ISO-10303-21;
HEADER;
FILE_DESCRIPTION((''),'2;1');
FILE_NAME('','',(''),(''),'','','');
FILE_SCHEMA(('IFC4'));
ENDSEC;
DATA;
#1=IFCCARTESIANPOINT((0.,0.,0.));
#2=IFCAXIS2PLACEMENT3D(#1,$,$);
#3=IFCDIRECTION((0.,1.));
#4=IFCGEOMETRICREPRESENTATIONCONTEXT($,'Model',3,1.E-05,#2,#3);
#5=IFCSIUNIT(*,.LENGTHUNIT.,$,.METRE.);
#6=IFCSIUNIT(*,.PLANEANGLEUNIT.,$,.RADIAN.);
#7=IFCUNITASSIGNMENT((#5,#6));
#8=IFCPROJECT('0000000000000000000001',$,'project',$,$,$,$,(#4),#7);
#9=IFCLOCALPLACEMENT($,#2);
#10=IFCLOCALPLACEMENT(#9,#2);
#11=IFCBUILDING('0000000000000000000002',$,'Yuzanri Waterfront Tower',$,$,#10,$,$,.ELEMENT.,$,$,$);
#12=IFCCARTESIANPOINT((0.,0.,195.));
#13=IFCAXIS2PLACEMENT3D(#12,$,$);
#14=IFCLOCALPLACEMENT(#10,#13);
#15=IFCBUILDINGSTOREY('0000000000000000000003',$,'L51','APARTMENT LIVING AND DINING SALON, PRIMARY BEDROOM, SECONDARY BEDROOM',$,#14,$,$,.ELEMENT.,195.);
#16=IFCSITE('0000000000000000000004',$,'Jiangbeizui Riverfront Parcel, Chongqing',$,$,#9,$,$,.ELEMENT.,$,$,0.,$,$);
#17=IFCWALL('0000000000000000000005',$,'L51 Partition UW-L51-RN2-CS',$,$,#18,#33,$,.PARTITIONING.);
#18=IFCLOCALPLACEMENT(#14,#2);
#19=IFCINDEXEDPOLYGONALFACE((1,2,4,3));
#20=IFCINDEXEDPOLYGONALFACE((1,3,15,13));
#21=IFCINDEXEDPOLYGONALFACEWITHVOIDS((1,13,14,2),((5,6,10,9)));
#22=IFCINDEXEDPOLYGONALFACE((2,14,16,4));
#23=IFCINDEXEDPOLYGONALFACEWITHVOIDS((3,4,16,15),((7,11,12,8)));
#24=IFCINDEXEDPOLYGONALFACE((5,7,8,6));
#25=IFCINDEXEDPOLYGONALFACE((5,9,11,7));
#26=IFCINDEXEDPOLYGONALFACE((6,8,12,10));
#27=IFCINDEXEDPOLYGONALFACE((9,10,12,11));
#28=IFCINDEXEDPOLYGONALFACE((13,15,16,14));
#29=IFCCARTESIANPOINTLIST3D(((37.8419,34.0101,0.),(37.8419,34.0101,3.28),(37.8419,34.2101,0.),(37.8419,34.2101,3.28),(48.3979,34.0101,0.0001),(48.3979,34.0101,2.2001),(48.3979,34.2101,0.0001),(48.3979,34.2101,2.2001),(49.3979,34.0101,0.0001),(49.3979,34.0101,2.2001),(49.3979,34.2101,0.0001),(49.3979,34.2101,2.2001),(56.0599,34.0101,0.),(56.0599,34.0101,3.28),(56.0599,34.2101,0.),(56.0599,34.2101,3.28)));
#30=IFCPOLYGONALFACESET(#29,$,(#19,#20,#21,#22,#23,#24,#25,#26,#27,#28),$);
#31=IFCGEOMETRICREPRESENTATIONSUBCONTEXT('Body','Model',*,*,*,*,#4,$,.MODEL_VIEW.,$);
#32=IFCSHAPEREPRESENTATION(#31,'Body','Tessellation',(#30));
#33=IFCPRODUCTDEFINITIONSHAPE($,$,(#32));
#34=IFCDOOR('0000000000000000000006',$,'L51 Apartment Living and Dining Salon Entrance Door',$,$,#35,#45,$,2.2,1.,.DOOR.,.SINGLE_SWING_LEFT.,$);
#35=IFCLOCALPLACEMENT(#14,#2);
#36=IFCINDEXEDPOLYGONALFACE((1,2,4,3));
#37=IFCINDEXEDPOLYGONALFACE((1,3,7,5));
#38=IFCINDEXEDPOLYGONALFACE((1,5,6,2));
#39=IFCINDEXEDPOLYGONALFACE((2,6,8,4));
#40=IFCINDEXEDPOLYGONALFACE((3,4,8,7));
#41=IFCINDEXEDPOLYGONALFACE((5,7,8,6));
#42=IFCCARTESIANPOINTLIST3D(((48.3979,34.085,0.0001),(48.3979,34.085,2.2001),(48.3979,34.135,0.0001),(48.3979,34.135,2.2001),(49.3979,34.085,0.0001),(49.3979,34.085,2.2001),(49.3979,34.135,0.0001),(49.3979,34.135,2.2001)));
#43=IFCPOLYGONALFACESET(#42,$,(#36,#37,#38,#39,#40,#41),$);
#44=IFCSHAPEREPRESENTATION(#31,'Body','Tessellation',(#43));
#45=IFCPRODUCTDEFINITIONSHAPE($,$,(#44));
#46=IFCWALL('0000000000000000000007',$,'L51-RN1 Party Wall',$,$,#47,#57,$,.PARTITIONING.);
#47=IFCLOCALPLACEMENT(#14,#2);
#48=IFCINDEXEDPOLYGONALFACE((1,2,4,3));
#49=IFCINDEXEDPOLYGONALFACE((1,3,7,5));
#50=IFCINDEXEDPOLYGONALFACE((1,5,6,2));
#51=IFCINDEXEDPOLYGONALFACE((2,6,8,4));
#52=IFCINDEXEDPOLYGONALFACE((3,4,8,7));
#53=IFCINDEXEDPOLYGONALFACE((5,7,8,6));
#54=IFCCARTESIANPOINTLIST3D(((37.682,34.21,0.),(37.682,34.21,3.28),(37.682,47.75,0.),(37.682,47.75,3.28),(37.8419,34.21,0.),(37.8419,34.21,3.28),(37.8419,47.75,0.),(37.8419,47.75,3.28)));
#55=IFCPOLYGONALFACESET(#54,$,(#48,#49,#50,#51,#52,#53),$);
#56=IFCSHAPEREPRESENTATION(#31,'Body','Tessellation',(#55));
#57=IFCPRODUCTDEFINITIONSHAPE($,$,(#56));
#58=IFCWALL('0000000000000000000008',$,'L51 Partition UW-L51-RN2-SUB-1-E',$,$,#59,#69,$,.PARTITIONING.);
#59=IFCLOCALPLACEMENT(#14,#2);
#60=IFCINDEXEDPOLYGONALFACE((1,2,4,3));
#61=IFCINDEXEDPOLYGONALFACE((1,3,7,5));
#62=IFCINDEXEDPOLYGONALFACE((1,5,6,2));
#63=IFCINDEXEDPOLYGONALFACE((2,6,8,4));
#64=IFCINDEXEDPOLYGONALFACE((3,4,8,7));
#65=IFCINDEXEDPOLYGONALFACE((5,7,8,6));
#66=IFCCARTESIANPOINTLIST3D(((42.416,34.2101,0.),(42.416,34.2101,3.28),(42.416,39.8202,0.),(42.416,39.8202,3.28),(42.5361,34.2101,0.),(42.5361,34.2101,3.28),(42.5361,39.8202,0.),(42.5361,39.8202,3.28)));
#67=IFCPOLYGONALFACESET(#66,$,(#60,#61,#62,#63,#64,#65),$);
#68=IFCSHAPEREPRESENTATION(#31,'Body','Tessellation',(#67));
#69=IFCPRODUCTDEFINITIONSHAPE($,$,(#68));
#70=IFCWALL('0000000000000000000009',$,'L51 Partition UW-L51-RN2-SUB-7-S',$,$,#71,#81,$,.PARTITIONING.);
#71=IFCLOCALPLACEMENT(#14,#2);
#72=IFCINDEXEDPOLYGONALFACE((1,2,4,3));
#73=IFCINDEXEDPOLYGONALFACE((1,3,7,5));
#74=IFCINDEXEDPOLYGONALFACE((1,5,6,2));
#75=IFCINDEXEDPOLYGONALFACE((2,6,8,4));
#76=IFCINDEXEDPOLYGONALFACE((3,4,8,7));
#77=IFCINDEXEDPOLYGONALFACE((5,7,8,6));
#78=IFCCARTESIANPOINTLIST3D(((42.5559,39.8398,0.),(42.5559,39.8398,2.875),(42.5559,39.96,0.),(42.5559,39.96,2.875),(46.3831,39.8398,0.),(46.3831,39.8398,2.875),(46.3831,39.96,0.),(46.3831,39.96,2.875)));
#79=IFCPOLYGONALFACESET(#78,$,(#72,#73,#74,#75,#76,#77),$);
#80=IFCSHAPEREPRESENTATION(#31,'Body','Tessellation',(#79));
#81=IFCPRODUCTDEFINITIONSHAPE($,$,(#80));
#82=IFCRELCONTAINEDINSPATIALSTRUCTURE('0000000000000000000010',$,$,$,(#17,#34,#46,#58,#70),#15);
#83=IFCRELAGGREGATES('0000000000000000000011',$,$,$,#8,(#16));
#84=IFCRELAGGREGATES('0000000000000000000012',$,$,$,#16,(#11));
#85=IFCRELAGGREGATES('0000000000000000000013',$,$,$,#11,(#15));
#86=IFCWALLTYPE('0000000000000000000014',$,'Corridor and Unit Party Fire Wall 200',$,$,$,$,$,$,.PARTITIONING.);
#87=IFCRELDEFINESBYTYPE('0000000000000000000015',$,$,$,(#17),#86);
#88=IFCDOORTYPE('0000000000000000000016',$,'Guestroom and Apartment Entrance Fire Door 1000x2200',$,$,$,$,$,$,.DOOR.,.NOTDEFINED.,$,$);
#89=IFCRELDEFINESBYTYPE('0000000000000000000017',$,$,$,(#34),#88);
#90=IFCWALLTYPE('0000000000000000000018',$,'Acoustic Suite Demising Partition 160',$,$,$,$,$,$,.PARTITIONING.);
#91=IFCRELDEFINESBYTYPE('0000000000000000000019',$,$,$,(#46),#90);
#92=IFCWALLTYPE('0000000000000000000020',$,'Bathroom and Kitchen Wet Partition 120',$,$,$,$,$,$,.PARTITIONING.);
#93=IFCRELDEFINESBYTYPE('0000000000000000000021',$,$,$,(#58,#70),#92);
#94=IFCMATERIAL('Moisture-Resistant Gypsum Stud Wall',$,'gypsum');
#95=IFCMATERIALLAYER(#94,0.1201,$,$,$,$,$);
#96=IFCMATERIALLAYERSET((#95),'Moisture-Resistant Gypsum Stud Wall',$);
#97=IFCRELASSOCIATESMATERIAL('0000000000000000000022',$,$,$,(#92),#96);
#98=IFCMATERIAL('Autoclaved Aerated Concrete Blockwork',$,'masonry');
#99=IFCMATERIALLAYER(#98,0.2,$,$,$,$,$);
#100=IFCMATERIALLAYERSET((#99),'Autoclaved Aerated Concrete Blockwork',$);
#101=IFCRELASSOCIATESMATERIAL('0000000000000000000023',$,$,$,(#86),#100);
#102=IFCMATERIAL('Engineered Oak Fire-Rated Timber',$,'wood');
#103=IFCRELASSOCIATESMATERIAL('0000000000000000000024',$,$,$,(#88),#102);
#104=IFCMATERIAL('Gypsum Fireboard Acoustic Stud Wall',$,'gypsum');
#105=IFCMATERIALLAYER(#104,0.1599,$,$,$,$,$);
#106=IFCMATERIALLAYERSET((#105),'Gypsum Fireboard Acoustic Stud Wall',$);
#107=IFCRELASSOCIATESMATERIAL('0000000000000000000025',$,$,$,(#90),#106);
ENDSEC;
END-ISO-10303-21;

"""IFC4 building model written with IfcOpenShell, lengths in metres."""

from ifc_helpers import new_model, si_unit, direction, frame, frame_2d, origin, place, context, subcontext, project, spatial, rectangle, extrude, source, transform, mapped, material, layer, layer_set, type_object, element, fill, save


model = new_model("IFC4")

# Units and contexts
model_context = context("Model", 3, precision=1e-05, world=origin(), true_north=direction((0.0, 1.0)))
body_context = subcontext(model_context, "Body", "Model", "MODEL_VIEW")
ifc_project = project(units=[si_unit("LENGTHUNIT", "METRE"), si_unit("PLANEANGLEUNIT", "RADIAN")], contexts=[model_context])

# Site, building, storey
site_placement = place(None, origin())
site = spatial("IfcSite", under=ifc_project, at=site_placement, Name="Jiangbeizui Riverfront Parcel, Chongqing", CompositionType="ELEMENT", RefElevation=0.0)
building_placement = place(site_placement, origin())
building = spatial("IfcBuilding", under=site, at=building_placement, Name="Yuzanri Waterfront Tower", CompositionType="ELEMENT")
storey_placement = place(building_placement, frame((0.0, 0.0, 195.0)))
storey = spatial("IfcBuildingStorey", under=building, at=storey_placement, Name="L51", Description="APARTMENT LIVING AND DINING SALON, PRIMARY BEDROOM, SECONDARY BEDROOM", CompositionType="ELEMENT", Elevation=195.0)

# Wall, opening, door
ifc_material_1 = material(Name="Moisture-Resistant Gypsum Stud Wall", Category="gypsum")
ifc_layer_1 = layer(ifc_material_1, 0.1201)
ifc_layer_set_1 = layer_set([ifc_layer_1], Name="Moisture-Resistant Gypsum Stud Wall")
wall_type_1 = type_object("IfcWallType", Name="Bathroom and Kitchen Wet Partition 120", PredefinedType="PARTITIONING", material=ifc_layer_set_1)
ifc_material_2 = material(Name="Autoclaved Aerated Concrete Blockwork", Category="masonry")
ifc_layer_2 = layer(ifc_material_2, 0.2)
ifc_layer_set_2 = layer_set([ifc_layer_2], Name="Autoclaved Aerated Concrete Blockwork")
wall_type_2 = type_object("IfcWallType", Name="Corridor and Unit Party Fire Wall 200", PredefinedType="PARTITIONING", material=ifc_layer_set_2)
wall_1_placement = place(storey_placement, frame((37.842, 34.1101, 0.0), z_axis=(0.0, 0.0, 1.0), x_axis=(1.0, 0.0, 0.0)))
wall_1 = element("IfcWall", 1, at=wall_1_placement, inside=storey, type_object=wall_type_2, Name="L51 Partition UW-L51-RN2-CS", PredefinedType="PARTITIONING", context=body_context, shape_type="SweptSolid", body=[
    extrude(rectangle(XDim=18.218, YDim=0.2, at=frame_2d((9.1089, 0.0))), origin(), (0.0, 0.0, 1.0), 3.28),
])
opening_1_placement = place(wall_1_placement, frame((10.5559, 0.0, 0.0)))
opening_1 = element("IfcOpeningElement", 2, at=opening_1_placement, cuts=wall_1, PredefinedType="OPENING", context=body_context, shape_type="SweptSolid", body=[
    extrude(rectangle(XDim=1.0, YDim=2.2, at=frame_2d((0.5, 1.1001))), frame((0.0, 0.1147, 0.0), z_axis=(0.0, -1.0, 0.0), x_axis=(1.0, 0.0, 0.0)), (0.0, 0.0, 1.0), 0.2297),
])
ifc_material_3 = material(Name="Engineered Oak Fire-Rated Timber", Category="wood")
door_type_1 = type_object("IfcDoorType", Name="Guestroom and Apartment Entrance Fire Door 1000x2200", OperationType="NOTDEFINED", PredefinedType="DOOR", material=ifc_material_3)
shared_shape_1 = source(origin(), body_context, "Body", "SweptSolid", [
    extrude(rectangle(XDim=1.0, YDim=2.2, at=frame_2d((0.5, 1.1001))), frame((0.0, 0.0249, 0.0), z_axis=(0.0, -1.0, 0.0), x_axis=(1.0, 0.0, 0.0)), (0.0, 0.0, 1.0), 0.05),
])
door_1_placement = place(opening_1_placement, origin())
door_1 = element("IfcDoor", 3, at=door_1_placement, inside=storey, type_object=door_type_1, Name="L51 Apartment Living and Dining Salon Entrance Door", OperationType="SINGLE_SWING_LEFT", OverallHeight=2.2, OverallWidth=1.0, PredefinedType="DOOR", context=body_context, shape_type="MappedRepresentation", body=[
    mapped(shared_shape_1, transform((0.0, 0.0, 0.0), scale=1.0)),
])
fill(opening_1, door_1)

# Walls
ifc_material_4 = material(Name="Gypsum Fireboard Acoustic Stud Wall", Category="gypsum")
ifc_layer_3 = layer(ifc_material_4, 0.1599)
ifc_layer_set_3 = layer_set([ifc_layer_3], Name="Gypsum Fireboard Acoustic Stud Wall")
wall_type_3 = type_object("IfcWallType", Name="Acoustic Suite Demising Partition 160", PredefinedType="PARTITIONING", material=ifc_layer_set_3)
shared_shape_2 = source(origin(), body_context, "Body", "SweptSolid", [
    extrude(rectangle(XDim=13.54, YDim=0.1599, at=frame_2d((6.77, 0.0))), origin(), (0.0, 0.0, 1.0), 3.28),
])
wall_2_placement = place(storey_placement, frame((37.762, 34.21, 0.0), z_axis=(0.0, 0.0, 1.0), x_axis=(0.0, 1.0, 0.0)))
element("IfcWall", 4, at=wall_2_placement, inside=storey, type_object=wall_type_3, Name="L51-RN1 Party Wall", PredefinedType="PARTITIONING", context=body_context, shape_type="MappedRepresentation", body=[
    mapped(shared_shape_2, transform((0.0, 0.0, 0.0), scale=1.0)),
])
shared_shape_3 = source(origin(), body_context, "Body", "SweptSolid", [
    extrude(rectangle(XDim=5.6101, YDim=0.1201, at=frame_2d((2.8052, 0.0))), origin(), (0.0, 0.0, 1.0), 3.28),
])
wall_3_placement = place(storey_placement, frame((42.4761, 34.21, 0.0), z_axis=(0.0, 0.0, 1.0), x_axis=(0.0, 1.0, 0.0)))
element("IfcWall", 5, at=wall_3_placement, inside=storey, type_object=wall_type_1, Name="L51 Partition UW-L51-RN2-SUB-1-E", PredefinedType="PARTITIONING", context=body_context, shape_type="MappedRepresentation", body=[
    mapped(shared_shape_3, transform((0.0, 0.0, 0.0), scale=1.0)),
])
shared_shape_4 = source(origin(), body_context, "Body", "SweptSolid", [
    extrude(rectangle(XDim=3.8271, YDim=0.1201, at=frame_2d((1.9136, 0.0))), origin(), (0.0, 0.0, 1.0), 2.875),
])
wall_4_placement = place(storey_placement, frame((42.5559, 39.8999, 0.0), z_axis=(0.0, 0.0, 1.0), x_axis=(1.0, 0.0, 0.0)))
element("IfcWall", 6, at=wall_4_placement, inside=storey, type_object=wall_type_1, Name="L51 Partition UW-L51-RN2-SUB-7-S", PredefinedType="PARTITIONING", context=body_context, shape_type="MappedRepresentation", body=[
    mapped(shared_shape_4, transform((0.0, 0.0, 0.0), scale=1.0)),
])

save(model, "model.ifc")
